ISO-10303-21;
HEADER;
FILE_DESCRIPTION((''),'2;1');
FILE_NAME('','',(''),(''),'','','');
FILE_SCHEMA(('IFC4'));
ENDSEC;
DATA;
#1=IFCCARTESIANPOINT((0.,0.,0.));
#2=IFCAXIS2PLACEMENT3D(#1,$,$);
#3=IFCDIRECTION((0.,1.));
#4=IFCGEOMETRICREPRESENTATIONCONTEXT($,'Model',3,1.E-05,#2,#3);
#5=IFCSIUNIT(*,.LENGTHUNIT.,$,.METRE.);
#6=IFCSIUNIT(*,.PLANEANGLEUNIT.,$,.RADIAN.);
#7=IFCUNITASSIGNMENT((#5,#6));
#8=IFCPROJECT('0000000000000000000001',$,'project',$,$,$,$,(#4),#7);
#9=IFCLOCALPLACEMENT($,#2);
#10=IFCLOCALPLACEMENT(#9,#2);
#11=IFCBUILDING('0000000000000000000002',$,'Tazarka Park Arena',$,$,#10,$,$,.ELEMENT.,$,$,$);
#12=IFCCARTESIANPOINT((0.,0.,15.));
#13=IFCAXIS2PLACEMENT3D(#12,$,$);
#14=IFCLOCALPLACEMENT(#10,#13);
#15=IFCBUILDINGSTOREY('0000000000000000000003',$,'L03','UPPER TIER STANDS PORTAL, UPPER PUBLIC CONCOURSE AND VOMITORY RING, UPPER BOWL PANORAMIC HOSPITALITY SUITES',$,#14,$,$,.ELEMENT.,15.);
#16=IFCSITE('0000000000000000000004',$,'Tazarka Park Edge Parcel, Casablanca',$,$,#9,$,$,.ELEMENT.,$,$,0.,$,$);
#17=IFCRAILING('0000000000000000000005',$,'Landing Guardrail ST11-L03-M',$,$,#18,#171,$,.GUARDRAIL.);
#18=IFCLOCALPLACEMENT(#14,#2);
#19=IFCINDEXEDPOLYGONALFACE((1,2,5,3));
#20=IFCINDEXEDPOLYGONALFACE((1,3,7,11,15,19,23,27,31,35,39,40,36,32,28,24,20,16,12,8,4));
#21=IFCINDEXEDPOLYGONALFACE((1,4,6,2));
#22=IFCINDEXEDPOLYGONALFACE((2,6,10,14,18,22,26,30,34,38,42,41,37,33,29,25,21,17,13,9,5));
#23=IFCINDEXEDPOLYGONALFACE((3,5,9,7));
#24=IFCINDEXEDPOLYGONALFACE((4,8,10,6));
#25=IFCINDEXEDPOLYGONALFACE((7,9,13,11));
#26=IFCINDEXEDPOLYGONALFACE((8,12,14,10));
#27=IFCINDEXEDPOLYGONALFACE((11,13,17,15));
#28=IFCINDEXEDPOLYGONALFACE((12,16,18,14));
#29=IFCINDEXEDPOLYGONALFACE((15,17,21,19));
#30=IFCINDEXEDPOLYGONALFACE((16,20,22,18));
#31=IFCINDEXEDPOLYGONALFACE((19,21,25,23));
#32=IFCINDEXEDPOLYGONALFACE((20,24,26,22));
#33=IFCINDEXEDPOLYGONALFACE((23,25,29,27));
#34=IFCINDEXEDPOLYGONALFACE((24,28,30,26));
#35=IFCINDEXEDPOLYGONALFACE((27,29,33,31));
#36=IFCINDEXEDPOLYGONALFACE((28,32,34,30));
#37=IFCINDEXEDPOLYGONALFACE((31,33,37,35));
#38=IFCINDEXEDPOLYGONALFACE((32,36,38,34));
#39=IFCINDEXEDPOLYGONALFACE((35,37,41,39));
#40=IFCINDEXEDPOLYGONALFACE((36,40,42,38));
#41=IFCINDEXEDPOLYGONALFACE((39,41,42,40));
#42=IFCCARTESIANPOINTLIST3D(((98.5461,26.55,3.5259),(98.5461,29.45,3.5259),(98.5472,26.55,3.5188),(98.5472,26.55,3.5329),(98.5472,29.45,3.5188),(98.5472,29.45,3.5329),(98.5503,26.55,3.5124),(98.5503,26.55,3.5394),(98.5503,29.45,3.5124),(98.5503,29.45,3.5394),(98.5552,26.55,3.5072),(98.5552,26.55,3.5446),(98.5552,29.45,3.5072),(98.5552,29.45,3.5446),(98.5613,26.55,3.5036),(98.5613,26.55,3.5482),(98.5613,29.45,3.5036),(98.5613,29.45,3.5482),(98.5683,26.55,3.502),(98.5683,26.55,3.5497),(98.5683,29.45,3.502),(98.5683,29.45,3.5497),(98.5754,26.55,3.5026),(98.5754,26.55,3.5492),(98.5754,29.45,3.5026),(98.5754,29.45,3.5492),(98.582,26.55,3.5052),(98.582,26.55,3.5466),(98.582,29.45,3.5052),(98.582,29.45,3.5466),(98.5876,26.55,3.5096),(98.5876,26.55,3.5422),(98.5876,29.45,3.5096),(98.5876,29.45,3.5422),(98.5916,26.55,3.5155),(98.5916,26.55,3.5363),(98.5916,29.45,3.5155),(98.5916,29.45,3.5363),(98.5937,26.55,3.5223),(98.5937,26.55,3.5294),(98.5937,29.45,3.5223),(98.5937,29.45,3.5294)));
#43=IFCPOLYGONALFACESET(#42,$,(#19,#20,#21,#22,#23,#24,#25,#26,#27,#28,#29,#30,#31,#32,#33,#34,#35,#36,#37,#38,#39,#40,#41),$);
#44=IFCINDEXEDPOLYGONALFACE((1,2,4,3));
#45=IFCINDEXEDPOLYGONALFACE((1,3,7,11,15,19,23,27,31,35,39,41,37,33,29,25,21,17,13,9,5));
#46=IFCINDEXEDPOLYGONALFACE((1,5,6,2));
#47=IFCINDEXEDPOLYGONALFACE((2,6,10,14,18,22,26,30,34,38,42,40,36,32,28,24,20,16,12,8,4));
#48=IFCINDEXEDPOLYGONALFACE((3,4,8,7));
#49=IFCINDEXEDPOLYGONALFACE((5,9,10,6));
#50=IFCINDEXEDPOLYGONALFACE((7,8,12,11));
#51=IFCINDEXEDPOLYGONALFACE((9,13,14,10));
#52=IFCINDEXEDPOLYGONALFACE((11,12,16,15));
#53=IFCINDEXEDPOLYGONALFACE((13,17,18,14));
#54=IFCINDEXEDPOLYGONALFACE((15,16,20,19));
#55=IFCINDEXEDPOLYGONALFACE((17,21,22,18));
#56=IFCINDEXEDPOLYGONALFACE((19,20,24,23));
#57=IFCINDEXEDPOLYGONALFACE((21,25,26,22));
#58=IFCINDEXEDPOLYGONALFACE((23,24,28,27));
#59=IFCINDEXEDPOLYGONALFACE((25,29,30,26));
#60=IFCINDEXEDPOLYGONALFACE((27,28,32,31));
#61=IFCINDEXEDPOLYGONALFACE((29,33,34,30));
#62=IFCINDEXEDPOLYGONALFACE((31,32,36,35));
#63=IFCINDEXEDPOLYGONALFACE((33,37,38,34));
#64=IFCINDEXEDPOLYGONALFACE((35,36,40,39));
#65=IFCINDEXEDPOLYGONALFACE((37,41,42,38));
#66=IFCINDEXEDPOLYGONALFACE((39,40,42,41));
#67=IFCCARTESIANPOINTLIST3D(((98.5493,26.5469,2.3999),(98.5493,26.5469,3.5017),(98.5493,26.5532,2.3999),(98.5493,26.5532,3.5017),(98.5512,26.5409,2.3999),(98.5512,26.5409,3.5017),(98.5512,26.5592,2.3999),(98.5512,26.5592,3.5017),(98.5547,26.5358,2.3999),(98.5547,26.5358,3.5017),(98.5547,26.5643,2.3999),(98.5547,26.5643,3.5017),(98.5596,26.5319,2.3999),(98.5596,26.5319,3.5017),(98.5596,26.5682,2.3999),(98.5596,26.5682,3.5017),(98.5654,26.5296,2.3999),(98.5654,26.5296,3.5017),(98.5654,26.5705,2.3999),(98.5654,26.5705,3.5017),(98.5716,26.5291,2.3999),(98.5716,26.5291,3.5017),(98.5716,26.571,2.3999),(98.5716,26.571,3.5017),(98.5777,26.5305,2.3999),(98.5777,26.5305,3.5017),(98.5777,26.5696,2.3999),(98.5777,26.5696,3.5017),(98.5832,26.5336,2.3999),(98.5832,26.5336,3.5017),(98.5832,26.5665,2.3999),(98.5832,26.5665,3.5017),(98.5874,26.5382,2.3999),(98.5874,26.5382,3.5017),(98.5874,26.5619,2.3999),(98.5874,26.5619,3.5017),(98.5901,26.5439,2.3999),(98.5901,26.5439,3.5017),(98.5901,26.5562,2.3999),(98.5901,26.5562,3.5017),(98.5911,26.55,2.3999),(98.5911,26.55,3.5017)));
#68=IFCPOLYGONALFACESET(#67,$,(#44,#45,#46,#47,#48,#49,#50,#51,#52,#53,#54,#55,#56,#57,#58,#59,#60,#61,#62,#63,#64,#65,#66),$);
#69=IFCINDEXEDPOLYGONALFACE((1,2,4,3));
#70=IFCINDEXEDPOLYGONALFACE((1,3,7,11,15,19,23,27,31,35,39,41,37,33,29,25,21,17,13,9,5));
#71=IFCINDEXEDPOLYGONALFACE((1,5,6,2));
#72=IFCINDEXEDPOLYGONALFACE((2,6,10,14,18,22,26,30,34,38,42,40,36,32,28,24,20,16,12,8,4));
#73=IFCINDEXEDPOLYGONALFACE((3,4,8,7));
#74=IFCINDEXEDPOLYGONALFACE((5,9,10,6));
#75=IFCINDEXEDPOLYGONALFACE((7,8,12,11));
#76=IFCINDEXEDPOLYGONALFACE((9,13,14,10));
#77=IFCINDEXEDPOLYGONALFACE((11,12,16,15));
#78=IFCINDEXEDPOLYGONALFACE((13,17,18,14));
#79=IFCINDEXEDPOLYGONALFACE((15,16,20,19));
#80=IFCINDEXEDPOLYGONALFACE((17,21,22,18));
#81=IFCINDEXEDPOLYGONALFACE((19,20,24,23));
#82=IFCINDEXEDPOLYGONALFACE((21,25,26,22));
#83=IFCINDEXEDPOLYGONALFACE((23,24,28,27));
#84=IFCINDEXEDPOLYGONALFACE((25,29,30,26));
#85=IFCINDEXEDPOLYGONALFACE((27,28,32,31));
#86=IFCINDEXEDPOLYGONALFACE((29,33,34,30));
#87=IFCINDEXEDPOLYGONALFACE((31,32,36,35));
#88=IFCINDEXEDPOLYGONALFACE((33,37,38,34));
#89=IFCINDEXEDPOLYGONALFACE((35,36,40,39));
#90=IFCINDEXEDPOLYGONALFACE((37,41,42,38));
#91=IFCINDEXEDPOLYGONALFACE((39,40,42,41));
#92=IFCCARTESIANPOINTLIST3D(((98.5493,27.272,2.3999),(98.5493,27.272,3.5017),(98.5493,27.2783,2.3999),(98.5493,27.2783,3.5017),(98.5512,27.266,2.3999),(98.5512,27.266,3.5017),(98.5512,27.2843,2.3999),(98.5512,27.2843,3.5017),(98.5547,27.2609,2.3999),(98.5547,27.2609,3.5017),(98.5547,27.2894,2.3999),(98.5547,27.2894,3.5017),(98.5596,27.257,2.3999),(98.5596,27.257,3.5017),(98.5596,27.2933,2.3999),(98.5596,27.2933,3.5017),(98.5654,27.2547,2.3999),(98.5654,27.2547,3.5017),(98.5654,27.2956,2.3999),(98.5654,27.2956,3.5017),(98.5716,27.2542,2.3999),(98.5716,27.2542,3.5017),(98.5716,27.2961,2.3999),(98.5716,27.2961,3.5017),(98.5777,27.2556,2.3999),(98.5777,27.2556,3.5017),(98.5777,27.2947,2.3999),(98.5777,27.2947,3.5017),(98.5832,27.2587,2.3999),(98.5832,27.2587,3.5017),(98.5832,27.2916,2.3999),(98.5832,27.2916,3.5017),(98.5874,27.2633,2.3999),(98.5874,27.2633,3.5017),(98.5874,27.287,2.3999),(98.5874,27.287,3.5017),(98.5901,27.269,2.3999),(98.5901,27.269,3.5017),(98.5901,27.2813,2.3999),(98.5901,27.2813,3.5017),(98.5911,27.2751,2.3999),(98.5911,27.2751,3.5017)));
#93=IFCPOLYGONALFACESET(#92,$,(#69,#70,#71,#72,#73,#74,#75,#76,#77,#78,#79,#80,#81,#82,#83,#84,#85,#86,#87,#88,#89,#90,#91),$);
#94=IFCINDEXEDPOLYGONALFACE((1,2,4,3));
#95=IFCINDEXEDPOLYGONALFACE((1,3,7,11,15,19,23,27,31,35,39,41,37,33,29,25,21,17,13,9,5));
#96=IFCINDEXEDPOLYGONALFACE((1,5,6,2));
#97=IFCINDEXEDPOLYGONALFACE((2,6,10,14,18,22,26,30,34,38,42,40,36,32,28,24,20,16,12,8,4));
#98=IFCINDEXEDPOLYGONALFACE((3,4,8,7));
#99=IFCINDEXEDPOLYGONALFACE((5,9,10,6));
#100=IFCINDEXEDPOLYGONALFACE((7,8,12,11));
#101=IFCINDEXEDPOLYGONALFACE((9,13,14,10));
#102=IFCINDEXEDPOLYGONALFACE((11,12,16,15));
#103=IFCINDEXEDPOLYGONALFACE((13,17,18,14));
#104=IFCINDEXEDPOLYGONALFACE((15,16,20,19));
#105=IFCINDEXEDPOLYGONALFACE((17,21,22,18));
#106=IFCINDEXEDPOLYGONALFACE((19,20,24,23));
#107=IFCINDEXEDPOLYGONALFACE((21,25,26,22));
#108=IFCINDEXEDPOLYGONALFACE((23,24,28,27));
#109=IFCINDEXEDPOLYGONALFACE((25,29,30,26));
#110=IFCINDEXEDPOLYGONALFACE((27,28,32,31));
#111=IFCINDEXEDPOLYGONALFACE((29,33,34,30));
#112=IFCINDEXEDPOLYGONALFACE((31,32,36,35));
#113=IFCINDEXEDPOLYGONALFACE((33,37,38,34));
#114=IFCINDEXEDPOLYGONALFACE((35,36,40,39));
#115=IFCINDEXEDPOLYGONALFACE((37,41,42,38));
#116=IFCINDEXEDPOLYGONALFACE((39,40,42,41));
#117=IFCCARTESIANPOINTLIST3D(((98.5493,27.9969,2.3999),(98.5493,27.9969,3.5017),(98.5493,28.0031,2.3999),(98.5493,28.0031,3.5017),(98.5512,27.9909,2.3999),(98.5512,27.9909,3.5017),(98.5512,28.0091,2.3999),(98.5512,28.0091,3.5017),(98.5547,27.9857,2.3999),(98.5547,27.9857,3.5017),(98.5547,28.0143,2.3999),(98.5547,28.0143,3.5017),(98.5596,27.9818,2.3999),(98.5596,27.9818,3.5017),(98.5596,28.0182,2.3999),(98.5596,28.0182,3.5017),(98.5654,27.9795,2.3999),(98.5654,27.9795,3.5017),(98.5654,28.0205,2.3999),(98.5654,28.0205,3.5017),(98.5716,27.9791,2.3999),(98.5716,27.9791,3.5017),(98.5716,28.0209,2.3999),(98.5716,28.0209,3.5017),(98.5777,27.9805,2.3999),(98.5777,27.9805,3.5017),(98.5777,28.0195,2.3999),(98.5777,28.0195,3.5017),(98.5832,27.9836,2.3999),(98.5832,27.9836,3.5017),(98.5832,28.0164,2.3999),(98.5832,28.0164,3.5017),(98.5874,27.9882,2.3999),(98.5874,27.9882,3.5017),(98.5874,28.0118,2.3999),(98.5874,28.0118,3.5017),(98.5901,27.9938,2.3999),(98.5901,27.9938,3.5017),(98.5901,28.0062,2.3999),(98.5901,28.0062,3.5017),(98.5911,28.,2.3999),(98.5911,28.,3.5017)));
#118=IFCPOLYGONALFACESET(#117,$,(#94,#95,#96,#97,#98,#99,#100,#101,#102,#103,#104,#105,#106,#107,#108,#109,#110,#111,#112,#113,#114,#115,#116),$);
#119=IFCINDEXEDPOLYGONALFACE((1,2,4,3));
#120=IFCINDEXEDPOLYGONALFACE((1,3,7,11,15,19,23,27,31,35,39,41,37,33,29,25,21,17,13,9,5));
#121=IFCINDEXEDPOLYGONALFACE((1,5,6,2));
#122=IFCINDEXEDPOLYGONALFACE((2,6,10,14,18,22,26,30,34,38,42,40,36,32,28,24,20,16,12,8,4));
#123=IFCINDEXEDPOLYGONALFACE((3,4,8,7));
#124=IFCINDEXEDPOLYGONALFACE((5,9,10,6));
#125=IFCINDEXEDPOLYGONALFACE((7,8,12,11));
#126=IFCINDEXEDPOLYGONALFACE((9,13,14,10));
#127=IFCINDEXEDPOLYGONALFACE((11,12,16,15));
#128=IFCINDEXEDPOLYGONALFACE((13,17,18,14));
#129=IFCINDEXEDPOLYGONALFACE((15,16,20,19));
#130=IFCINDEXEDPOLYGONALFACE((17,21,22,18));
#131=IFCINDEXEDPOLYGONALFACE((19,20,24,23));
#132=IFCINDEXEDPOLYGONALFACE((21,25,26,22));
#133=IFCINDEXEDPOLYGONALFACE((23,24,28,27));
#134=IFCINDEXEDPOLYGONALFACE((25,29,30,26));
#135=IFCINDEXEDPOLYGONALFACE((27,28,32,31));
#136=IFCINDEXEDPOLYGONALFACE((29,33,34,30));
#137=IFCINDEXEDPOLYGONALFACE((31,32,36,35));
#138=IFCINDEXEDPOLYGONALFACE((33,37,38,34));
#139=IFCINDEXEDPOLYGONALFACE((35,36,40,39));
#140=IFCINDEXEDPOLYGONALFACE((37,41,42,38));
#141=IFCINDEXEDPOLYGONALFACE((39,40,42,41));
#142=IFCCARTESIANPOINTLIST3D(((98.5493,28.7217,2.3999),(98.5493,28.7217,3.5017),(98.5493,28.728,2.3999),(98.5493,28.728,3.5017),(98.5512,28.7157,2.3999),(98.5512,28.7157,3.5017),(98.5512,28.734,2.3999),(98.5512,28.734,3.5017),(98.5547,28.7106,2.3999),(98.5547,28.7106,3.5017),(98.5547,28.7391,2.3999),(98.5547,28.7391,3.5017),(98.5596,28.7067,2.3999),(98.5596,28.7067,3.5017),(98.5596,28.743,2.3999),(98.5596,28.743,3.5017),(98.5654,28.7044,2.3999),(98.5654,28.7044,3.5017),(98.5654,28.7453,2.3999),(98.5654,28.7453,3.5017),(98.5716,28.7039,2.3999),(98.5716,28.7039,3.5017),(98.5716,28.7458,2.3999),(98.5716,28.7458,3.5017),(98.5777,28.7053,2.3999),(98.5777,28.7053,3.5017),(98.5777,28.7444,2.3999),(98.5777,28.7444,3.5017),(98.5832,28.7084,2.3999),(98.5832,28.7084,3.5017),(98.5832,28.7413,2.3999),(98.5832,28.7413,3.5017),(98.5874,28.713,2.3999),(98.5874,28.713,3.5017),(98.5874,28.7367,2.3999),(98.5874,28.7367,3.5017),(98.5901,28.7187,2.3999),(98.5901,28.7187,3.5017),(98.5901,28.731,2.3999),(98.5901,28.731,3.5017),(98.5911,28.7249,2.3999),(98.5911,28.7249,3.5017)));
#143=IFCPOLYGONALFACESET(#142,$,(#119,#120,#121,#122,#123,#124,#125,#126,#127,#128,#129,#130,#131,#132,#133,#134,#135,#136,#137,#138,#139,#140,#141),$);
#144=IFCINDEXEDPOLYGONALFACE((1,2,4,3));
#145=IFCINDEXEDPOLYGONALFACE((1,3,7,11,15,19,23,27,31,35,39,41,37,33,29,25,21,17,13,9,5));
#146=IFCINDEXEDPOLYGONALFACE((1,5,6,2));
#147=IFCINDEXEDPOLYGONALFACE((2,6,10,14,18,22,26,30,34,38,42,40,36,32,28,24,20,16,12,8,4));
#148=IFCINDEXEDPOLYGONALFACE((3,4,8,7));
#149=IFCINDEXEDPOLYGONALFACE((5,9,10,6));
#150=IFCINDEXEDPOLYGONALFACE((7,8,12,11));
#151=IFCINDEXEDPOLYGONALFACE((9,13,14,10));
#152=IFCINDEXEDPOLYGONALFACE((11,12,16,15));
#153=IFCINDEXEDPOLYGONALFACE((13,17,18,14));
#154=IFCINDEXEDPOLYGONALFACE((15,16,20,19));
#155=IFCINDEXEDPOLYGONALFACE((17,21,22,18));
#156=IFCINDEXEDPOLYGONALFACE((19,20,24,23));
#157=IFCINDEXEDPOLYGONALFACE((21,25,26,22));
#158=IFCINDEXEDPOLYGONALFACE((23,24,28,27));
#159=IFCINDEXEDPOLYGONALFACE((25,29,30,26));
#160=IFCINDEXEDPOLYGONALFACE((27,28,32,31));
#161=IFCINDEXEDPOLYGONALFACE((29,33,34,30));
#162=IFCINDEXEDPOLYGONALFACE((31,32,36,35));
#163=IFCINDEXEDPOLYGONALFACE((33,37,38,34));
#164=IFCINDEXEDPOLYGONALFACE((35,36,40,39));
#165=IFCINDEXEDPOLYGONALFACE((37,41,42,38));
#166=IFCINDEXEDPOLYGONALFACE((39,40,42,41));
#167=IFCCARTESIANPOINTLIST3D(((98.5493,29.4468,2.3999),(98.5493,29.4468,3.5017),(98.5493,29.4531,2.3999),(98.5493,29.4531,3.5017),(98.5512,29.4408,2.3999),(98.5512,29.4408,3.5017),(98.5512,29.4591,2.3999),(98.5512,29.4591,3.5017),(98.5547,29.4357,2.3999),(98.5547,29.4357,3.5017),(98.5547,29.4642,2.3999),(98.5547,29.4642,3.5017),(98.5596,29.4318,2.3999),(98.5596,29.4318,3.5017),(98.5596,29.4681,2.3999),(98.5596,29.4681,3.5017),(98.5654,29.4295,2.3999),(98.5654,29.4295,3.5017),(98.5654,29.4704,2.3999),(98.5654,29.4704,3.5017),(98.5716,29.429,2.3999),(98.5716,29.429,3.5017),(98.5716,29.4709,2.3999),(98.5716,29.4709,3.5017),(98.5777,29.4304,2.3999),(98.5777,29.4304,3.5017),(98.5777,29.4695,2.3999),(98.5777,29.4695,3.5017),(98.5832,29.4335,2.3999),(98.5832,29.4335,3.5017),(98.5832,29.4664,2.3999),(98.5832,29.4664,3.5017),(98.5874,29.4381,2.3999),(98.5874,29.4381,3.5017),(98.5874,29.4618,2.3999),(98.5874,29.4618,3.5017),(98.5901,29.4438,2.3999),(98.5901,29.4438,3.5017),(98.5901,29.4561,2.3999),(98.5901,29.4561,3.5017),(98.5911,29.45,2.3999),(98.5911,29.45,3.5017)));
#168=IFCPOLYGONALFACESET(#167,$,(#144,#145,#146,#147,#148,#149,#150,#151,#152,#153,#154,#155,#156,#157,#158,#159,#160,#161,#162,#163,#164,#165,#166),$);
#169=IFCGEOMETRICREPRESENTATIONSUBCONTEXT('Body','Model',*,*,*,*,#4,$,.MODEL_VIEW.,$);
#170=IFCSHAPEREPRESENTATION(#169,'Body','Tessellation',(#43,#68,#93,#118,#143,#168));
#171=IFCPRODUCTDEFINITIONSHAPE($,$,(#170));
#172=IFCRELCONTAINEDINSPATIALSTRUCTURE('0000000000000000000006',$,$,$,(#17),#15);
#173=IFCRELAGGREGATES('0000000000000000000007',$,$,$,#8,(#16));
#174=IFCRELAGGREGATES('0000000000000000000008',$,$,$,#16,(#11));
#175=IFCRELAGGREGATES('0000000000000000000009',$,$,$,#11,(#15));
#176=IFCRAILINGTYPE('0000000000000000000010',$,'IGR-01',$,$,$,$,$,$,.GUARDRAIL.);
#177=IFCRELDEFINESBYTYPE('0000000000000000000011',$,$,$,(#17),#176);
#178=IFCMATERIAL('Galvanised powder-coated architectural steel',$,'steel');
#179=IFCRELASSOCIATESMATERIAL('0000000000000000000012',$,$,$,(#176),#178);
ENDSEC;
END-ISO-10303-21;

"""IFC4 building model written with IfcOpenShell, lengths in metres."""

from ifc_helpers import new_model, si_unit, direction, frame, origin, origin_2d, place, context, subcontext, project, spatial, circle, extrude, material, type_object, element, save


model = new_model("IFC4")

# Units and contexts
model_context = context("Model", 3, precision=1e-05, world=origin(), true_north=direction((0.0, 1.0)))
body_context = subcontext(model_context, "Body", "Model", "MODEL_VIEW")
ifc_project = project(units=[si_unit("LENGTHUNIT", "METRE"), si_unit("PLANEANGLEUNIT", "RADIAN")], contexts=[model_context])

# Site, building, storey
site_placement = place(None, origin())
site = spatial("IfcSite", under=ifc_project, at=site_placement, Name="Tazarka Park Edge Parcel, Casablanca", CompositionType="ELEMENT", RefElevation=0.0)
building_placement = place(site_placement, origin())
building = spatial("IfcBuilding", under=site, at=building_placement, Name="Tazarka Park Arena", CompositionType="ELEMENT")
storey_placement = place(building_placement, frame((0.0, 0.0, 15.0)))
storey = spatial("IfcBuildingStorey", under=building, at=storey_placement, Name="L03", Description="UPPER TIER STANDS PORTAL, UPPER PUBLIC CONCOURSE AND VOMITORY RING, UPPER BOWL PANORAMIC HOSPITALITY SUITES", CompositionType="ELEMENT", Elevation=15.0)

# Railing
ifc_material_1 = material(Name="Galvanised powder-coated architectural steel", Category="steel")
railing_type_1 = type_object("IfcRailingType", Name="IGR-01", PredefinedType="GUARDRAIL", material=ifc_material_1)
for number, where, name in (
    (1, (98.5701, 26.55, 2.3999), "Landing Guardrail ST11-L03-M"),
):
    element("IfcRailing", number, at=place(storey_placement, frame(where)), inside=storey, type_object=railing_type_1, Name=name, PredefinedType="GUARDRAIL", context=body_context, shape_type="SweptSolid", body=[
        extrude(circle(Radius=0.0239, at=origin_2d()), frame((0.0, 0.0, 1.126), z_axis=(0.0, 1.0, 0.0), x_axis=(-1.0, 0.0, 0.0)), (0.0, 0.0, 1.0), 2.8999),
        extrude(circle(Radius=0.021, at=origin_2d()), origin(), (0.0, 0.0, 1.0), 1.1018),
        extrude(circle(Radius=0.021, at=origin_2d()), frame((0.0, 0.7251, 0.0)), (0.0, 0.0, 1.0), 1.1018),
        extrude(circle(Radius=0.021, at=origin_2d()), frame((0.0, 1.45, 0.0)), (0.0, 0.0, 1.0), 1.1018),
        extrude(circle(Radius=0.021, at=origin_2d()), frame((0.0, 2.1748, 0.0)), (0.0, 0.0, 1.0), 1.1018),
        extrude(circle(Radius=0.021, at=origin_2d()), frame((0.0, 2.8999, 0.0)), (0.0, 0.0, 1.0), 1.1018),
    ])

save(model, "model.ifc")
